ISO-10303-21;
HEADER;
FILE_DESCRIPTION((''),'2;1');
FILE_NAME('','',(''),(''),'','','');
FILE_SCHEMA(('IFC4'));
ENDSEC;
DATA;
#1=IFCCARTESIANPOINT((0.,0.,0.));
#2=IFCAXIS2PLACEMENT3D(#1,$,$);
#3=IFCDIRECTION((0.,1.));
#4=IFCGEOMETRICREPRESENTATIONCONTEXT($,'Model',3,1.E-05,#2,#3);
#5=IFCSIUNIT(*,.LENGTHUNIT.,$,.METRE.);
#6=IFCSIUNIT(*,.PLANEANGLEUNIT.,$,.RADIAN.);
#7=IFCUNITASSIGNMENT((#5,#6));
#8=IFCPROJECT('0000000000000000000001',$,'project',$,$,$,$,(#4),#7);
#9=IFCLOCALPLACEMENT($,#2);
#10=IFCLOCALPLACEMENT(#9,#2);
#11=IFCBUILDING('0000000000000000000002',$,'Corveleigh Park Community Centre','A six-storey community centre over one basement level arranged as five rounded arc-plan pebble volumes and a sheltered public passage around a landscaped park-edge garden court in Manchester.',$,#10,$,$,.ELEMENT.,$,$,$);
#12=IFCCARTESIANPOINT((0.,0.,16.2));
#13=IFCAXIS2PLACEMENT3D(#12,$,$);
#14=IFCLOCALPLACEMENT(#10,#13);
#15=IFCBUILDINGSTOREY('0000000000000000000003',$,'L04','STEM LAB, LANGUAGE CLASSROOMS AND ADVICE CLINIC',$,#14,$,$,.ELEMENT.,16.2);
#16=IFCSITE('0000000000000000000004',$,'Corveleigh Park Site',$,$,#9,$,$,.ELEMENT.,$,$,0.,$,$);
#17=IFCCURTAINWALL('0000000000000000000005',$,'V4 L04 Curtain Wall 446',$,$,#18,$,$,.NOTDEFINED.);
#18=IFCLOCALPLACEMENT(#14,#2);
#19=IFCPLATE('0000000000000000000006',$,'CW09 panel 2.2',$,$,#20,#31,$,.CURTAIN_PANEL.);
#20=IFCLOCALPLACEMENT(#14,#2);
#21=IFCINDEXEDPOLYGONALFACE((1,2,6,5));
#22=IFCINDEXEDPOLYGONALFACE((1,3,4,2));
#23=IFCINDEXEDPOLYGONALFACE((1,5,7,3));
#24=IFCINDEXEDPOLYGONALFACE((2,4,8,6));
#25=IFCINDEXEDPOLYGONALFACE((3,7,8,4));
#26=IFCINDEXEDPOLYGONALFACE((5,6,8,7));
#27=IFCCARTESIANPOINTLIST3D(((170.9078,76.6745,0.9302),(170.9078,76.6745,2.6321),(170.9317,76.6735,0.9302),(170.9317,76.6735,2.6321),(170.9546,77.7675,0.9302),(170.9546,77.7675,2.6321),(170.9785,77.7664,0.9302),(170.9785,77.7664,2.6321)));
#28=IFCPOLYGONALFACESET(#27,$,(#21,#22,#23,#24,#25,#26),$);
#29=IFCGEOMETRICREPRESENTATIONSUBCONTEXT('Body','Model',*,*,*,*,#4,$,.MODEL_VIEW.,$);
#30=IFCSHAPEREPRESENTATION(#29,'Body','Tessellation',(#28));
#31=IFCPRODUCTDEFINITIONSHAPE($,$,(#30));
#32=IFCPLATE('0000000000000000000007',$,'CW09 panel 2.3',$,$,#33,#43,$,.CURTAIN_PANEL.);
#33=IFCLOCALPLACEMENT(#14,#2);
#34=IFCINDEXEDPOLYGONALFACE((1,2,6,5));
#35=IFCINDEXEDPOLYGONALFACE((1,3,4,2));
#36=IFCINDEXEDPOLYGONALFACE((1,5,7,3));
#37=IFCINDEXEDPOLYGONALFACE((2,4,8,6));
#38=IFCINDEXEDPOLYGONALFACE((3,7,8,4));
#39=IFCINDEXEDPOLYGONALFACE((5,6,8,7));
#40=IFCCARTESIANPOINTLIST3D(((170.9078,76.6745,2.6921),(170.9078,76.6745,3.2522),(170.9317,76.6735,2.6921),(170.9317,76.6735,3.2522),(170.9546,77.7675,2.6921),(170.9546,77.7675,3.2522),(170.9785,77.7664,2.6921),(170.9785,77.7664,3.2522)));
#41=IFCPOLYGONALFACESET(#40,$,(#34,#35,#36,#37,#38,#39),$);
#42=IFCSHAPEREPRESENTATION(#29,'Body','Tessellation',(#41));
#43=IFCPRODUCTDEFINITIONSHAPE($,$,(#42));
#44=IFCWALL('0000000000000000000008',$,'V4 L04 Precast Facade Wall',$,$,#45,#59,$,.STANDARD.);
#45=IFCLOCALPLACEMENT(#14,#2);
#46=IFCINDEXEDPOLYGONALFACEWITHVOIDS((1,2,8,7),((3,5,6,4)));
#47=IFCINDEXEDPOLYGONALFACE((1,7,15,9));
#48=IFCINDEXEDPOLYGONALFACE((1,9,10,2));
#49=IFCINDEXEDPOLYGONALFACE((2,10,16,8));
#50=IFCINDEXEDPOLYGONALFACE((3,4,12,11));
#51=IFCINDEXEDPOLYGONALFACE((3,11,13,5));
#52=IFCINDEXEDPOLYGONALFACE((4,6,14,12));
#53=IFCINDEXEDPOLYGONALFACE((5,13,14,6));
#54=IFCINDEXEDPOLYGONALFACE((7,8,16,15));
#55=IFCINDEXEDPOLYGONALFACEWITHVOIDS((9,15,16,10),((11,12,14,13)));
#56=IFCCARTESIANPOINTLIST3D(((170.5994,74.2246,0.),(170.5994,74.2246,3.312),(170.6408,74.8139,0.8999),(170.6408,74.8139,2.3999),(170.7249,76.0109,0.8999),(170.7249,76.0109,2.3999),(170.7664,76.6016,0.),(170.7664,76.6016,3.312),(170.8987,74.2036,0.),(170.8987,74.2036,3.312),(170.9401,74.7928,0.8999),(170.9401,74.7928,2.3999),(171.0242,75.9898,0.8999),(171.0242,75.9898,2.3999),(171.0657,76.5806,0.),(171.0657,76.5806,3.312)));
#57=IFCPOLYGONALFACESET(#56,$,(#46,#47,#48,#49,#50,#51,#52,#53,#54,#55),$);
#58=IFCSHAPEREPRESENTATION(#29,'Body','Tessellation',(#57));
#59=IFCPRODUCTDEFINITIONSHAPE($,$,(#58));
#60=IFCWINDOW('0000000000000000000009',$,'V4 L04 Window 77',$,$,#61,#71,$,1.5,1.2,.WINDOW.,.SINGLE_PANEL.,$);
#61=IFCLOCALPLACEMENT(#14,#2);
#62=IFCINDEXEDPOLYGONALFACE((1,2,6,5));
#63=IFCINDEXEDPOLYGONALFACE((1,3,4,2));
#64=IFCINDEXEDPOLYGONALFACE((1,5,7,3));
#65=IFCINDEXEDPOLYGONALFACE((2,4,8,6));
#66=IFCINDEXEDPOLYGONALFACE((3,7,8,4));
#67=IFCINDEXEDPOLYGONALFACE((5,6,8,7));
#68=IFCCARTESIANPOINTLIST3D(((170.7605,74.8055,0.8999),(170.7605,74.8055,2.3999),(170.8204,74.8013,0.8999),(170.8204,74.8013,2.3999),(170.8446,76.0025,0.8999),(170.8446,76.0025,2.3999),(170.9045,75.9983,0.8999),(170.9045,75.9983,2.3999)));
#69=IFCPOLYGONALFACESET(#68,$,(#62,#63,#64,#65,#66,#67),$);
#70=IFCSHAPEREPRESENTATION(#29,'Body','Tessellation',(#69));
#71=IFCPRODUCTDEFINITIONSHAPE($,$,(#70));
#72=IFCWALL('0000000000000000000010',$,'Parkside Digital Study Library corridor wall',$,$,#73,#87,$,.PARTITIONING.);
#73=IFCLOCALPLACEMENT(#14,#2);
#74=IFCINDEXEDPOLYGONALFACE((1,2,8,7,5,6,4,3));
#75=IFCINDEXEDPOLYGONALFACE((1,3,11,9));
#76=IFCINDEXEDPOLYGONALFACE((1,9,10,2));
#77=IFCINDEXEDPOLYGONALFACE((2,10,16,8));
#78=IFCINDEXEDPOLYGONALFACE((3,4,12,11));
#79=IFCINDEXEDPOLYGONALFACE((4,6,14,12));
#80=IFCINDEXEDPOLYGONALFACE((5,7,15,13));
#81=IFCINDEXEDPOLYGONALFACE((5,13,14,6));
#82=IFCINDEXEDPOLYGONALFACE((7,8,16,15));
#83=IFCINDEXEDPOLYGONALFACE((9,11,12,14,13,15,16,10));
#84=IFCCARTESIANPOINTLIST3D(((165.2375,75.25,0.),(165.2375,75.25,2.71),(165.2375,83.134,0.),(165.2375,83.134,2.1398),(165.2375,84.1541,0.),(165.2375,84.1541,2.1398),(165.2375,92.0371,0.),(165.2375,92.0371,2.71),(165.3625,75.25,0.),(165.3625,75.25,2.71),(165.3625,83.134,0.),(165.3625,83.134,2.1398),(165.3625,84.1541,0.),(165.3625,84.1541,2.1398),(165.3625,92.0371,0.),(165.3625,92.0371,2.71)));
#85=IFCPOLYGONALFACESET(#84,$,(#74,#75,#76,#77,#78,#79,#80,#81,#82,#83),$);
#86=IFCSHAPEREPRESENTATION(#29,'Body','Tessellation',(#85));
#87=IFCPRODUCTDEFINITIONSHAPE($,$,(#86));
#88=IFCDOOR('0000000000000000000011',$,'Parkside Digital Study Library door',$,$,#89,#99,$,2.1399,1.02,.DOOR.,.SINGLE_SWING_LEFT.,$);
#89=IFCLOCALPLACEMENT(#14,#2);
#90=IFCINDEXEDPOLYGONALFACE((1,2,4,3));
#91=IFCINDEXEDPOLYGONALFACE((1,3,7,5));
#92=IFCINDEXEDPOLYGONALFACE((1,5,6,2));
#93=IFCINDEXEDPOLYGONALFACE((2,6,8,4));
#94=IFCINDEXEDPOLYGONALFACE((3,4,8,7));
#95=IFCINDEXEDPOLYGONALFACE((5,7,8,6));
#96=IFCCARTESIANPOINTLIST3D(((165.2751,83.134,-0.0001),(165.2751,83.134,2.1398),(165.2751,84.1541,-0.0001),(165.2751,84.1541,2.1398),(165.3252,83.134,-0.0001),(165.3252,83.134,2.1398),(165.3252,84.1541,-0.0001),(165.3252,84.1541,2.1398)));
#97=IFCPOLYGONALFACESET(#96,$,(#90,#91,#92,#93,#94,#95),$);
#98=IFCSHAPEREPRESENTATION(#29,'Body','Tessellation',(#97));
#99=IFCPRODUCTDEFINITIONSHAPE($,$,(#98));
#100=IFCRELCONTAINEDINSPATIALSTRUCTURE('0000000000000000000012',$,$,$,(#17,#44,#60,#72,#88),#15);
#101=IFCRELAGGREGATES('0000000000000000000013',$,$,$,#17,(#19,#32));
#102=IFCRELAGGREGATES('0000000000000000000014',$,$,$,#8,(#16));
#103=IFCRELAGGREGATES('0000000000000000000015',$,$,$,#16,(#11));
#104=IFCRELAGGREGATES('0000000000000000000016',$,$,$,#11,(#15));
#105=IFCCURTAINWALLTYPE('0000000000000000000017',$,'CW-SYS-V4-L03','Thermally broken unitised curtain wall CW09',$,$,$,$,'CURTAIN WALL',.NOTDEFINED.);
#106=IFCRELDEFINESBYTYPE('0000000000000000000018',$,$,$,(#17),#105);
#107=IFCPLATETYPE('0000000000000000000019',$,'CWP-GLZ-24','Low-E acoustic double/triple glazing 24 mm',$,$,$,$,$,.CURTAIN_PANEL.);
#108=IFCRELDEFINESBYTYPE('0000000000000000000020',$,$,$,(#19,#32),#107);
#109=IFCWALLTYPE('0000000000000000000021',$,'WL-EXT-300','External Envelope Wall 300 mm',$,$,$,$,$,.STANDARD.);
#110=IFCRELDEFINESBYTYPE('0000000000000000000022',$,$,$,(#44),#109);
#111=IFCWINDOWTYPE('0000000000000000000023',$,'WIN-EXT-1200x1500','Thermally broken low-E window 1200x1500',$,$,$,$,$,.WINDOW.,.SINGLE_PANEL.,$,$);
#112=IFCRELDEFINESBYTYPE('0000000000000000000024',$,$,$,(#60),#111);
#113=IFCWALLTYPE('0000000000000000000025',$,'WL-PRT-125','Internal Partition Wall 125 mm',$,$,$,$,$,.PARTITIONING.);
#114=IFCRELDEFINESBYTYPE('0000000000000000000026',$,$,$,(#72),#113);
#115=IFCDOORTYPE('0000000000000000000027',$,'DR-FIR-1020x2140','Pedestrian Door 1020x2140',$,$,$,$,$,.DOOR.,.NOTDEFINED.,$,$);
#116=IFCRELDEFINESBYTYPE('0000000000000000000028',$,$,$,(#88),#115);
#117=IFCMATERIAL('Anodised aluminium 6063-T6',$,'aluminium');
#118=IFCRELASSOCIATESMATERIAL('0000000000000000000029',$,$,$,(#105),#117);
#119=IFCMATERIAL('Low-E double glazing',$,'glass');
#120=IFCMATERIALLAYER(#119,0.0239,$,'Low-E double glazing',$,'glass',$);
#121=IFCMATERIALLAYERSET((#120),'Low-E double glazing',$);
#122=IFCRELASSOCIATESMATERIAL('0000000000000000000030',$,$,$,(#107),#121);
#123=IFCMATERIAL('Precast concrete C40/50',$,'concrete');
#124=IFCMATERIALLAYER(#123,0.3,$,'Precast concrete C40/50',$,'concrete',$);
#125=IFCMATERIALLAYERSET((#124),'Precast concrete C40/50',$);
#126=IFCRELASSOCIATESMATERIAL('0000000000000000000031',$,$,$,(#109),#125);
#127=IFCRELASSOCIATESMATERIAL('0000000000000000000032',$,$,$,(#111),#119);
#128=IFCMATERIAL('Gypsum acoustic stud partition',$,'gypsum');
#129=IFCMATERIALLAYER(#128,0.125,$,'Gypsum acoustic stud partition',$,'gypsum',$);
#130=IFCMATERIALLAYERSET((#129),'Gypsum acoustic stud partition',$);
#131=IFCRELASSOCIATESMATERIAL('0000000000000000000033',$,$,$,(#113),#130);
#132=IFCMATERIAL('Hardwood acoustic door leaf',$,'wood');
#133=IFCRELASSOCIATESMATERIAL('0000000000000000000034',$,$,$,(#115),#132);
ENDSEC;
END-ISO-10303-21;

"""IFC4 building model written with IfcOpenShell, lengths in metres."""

from ifc_helpers import new_model, si_unit, direction, frame, frame_2d, origin, origin_2d, place, context, subcontext, project, spatial, rectangle, extrude, material, layer, layer_set, type_object, element, fill, aggregate, save


model = new_model("IFC4")

# Units and contexts
model_context = context("Model", 3, precision=1e-05, world=origin(), true_north=direction((0.0, 1.0)))
body_context = subcontext(model_context, "Body", "Model", "MODEL_VIEW")
ifc_project = project(units=[si_unit("LENGTHUNIT", "METRE"), si_unit("PLANEANGLEUNIT", "RADIAN")], contexts=[model_context])

# Site, building, storey
site_placement = place(None, origin())
site = spatial("IfcSite", under=ifc_project, at=site_placement, Name="Corveleigh Park Site", CompositionType="ELEMENT", RefElevation=0.0)
building_placement = place(site_placement, origin())
building = spatial("IfcBuilding", under=site, at=building_placement, Name="Corveleigh Park Community Centre", Description="A six-storey community centre over one basement level arranged as five rounded arc-plan pebble volumes and a sheltered public passage around a landscaped park-edge garden court in Manchester.", CompositionType="ELEMENT")
storey_placement = place(building_placement, frame((0.0, 0.0, 16.2)))
storey = spatial("IfcBuildingStorey", under=building, at=storey_placement, Name="L04", Description="STEM LAB, LANGUAGE CLASSROOMS AND ADVICE CLINIC", CompositionType="ELEMENT", Elevation=16.2)

# Shared definitions
ifc_material_1 = material(Name="Anodised aluminium 6063-T6", Category="aluminium")
curtain_wall_type = type_object("IfcCurtainWallType", Name="CW-SYS-V4-L03", Description="Thermally broken unitised curtain wall CW09", ElementType="CURTAIN WALL", PredefinedType="NOTDEFINED", material=ifc_material_1)

# Curtain wall
curtain_wall_1_placement = place(storey_placement, origin())
curtain_wall_1 = element("IfcCurtainWall", 1, at=curtain_wall_1_placement, inside=storey, type_object=curtain_wall_type, Name="V4 L04 Curtain Wall 446", PredefinedType="NOTDEFINED")

# Plates
ifc_material_2 = material(Name="Low-E double glazing", Category="glass")
ifc_layer_1 = layer(ifc_material_2, 0.0239, Name="Low-E double glazing", Category="glass")
ifc_layer_set_1 = layer_set([ifc_layer_1], Name="Low-E double glazing")
plate_type = type_object("IfcPlateType", Name="CWP-GLZ-24", Description="Low-E acoustic double/triple glazing 24 mm", PredefinedType="CURTAIN_PANEL", material=ifc_layer_set_1)
plate_1_placement = place(storey_placement, frame((170.9431, 77.2205, 0.9302), z_axis=(0.0, 0.0, 1.0), x_axis=(-0.0428, -0.999084, 0.0)))
plate_1 = element("IfcPlate", 2, at=plate_1_placement, type_object=plate_type, Name="CW09 panel 2.2", PredefinedType="CURTAIN_PANEL", context=body_context, shape_type="SweptSolid", body=[
    extrude(rectangle(XDim=1.094, YDim=0.0239, at=origin_2d()), origin(), (0.0, 0.0, 1.0), 1.7019),
])
plate_2_placement = place(storey_placement, frame((170.9431, 77.2205, 2.6921), z_axis=(0.0, 0.0, 1.0), x_axis=(-0.0428, -0.999084, 0.0)))
plate_2 = element("IfcPlate", 3, at=plate_2_placement, type_object=plate_type, Name="CW09 panel 2.3", PredefinedType="CURTAIN_PANEL", context=body_context, shape_type="SweptSolid", body=[
    extrude(rectangle(XDim=1.094, YDim=0.0239, at=origin_2d()), origin(), (0.0, 0.0, 1.0), 0.5601),
])
aggregate(curtain_wall_1, [plate_1, plate_2])

# Wall, opening, window
ifc_material_3 = material(Name="Precast concrete C40/50", Category="concrete")
ifc_layer_2 = layer(ifc_material_3, 0.3, Name="Precast concrete C40/50", Category="concrete")
ifc_layer_set_2 = layer_set([ifc_layer_2], Name="Precast concrete C40/50")
wall_type_1 = type_object("IfcWallType", Name="WL-EXT-300", Description="External Envelope Wall 300 mm", PredefinedType="STANDARD", material=ifc_layer_set_2)
wall_1_placement = place(storey_placement, frame((170.916, 76.5911, 0.0), z_axis=(0.0, 0.0, 1.0), x_axis=(-0.070082, -0.997541, 0.0)))
wall_1 = element("IfcWall", 4, at=wall_1_placement, inside=storey, type_object=wall_type_1, Name="V4 L04 Precast Facade Wall", PredefinedType="STANDARD", context=body_context, shape_type="SweptSolid", body=[
    extrude(rectangle(XDim=2.3828, YDim=0.3, at=frame_2d((1.1914, 0.0))), origin(), (0.0, 0.0, 1.0), 3.312),
])
opening_1_placement = place(wall_1_placement, frame((0.592, 0.0, 0.8999)))
opening_1 = element("IfcOpeningElement", 5, at=opening_1_placement, cuts=wall_1, PredefinedType="OPENING", context=body_context, shape_type="SweptSolid", body=[
    extrude(rectangle(XDim=1.2, YDim=1.5, at=frame_2d((0.6001, 0.75))), frame((0.0, 0.1599, 0.0), z_axis=(0.0, -1.0, 0.0), x_axis=(1.0, 0.0, 0.0)), (0.0, 0.0, 1.0), 0.3201),
])
window_type = type_object("IfcWindowType", Name="WIN-EXT-1200x1500", Description="Thermally broken low-E window 1200x1500", PartitioningType="SINGLE_PANEL", PredefinedType="WINDOW", material=ifc_material_2)
window_placement = place(opening_1_placement, origin())
window = element("IfcWindow", 6, at=window_placement, inside=storey, type_object=window_type, Name="V4 L04 Window 77", OverallHeight=1.5, OverallWidth=1.2, PartitioningType="SINGLE_PANEL", PredefinedType="WINDOW", context=body_context, shape_type="SweptSolid", body=[
    extrude(rectangle(XDim=1.2, YDim=1.5, at=frame_2d((0.6001, 0.75))), frame((0.0, 0.03, 0.0), z_axis=(0.0, -1.0, 0.0), x_axis=(1.0, 0.0, 0.0)), (0.0, 0.0, 1.0), 0.0601),
])
fill(opening_1, window)

# Wall, opening, door
ifc_material_4 = material(Name="Gypsum acoustic stud partition", Category="gypsum")
ifc_layer_3 = layer(ifc_material_4, 0.125, Name="Gypsum acoustic stud partition", Category="gypsum")
ifc_layer_set_3 = layer_set([ifc_layer_3], Name="Gypsum acoustic stud partition")
wall_type_2 = type_object("IfcWallType", Name="WL-PRT-125", Description="Internal Partition Wall 125 mm", PredefinedType="PARTITIONING", material=ifc_layer_set_3)
wall_2_placement = place(storey_placement, frame((165.3, 75.25, 0.0), z_axis=(0.0, 0.0, 1.0), x_axis=(0.0, 1.0, 0.0)))
wall_2 = element("IfcWall", 7, at=wall_2_placement, inside=storey, type_object=wall_type_2, Name="Parkside Digital Study Library corridor wall", PredefinedType="PARTITIONING", context=body_context, shape_type="SweptSolid", body=[
    extrude(rectangle(XDim=16.7871, YDim=0.125, at=frame_2d((8.3936, 0.0))), origin(), (0.0, 0.0, 1.0), 2.71),
])
opening_2_placement = place(wall_2_placement, frame((7.884, 0.0, 0.0)))
opening_2 = element("IfcOpeningElement", 8, at=opening_2_placement, cuts=wall_2, PredefinedType="OPENING", context=body_context, shape_type="SweptSolid", body=[
    extrude(rectangle(XDim=1.02, YDim=2.1399, at=frame_2d((0.51, 1.0698))), frame((0.0, 0.0725, 0.0), z_axis=(0.0, -1.0, 0.0), x_axis=(1.0, 0.0, 0.0)), (0.0, 0.0, 1.0), 0.145),
])
ifc_material_5 = material(Name="Hardwood acoustic door leaf", Category="wood")
door_type = type_object("IfcDoorType", Name="DR-FIR-1020x2140", Description="Pedestrian Door 1020x2140", OperationType="NOTDEFINED", PredefinedType="DOOR", material=ifc_material_5)
door_placement = place(opening_2_placement, origin())
door = element("IfcDoor", 9, at=door_placement, inside=storey, type_object=door_type, Name="Parkside Digital Study Library door", OperationType="SINGLE_SWING_LEFT", OverallHeight=2.1399, OverallWidth=1.02, PredefinedType="DOOR", context=body_context, shape_type="SweptSolid", body=[
    extrude(rectangle(XDim=1.02, YDim=2.1399, at=frame_2d((0.51, 1.0698))), frame((0.0, 0.0249, 0.0), z_axis=(0.0, -1.0, 0.0), x_axis=(1.0, 0.0, 0.0)), (0.0, 0.0, 1.0), 0.05),
])
fill(opening_2, door)

save(model, "model.ifc")
